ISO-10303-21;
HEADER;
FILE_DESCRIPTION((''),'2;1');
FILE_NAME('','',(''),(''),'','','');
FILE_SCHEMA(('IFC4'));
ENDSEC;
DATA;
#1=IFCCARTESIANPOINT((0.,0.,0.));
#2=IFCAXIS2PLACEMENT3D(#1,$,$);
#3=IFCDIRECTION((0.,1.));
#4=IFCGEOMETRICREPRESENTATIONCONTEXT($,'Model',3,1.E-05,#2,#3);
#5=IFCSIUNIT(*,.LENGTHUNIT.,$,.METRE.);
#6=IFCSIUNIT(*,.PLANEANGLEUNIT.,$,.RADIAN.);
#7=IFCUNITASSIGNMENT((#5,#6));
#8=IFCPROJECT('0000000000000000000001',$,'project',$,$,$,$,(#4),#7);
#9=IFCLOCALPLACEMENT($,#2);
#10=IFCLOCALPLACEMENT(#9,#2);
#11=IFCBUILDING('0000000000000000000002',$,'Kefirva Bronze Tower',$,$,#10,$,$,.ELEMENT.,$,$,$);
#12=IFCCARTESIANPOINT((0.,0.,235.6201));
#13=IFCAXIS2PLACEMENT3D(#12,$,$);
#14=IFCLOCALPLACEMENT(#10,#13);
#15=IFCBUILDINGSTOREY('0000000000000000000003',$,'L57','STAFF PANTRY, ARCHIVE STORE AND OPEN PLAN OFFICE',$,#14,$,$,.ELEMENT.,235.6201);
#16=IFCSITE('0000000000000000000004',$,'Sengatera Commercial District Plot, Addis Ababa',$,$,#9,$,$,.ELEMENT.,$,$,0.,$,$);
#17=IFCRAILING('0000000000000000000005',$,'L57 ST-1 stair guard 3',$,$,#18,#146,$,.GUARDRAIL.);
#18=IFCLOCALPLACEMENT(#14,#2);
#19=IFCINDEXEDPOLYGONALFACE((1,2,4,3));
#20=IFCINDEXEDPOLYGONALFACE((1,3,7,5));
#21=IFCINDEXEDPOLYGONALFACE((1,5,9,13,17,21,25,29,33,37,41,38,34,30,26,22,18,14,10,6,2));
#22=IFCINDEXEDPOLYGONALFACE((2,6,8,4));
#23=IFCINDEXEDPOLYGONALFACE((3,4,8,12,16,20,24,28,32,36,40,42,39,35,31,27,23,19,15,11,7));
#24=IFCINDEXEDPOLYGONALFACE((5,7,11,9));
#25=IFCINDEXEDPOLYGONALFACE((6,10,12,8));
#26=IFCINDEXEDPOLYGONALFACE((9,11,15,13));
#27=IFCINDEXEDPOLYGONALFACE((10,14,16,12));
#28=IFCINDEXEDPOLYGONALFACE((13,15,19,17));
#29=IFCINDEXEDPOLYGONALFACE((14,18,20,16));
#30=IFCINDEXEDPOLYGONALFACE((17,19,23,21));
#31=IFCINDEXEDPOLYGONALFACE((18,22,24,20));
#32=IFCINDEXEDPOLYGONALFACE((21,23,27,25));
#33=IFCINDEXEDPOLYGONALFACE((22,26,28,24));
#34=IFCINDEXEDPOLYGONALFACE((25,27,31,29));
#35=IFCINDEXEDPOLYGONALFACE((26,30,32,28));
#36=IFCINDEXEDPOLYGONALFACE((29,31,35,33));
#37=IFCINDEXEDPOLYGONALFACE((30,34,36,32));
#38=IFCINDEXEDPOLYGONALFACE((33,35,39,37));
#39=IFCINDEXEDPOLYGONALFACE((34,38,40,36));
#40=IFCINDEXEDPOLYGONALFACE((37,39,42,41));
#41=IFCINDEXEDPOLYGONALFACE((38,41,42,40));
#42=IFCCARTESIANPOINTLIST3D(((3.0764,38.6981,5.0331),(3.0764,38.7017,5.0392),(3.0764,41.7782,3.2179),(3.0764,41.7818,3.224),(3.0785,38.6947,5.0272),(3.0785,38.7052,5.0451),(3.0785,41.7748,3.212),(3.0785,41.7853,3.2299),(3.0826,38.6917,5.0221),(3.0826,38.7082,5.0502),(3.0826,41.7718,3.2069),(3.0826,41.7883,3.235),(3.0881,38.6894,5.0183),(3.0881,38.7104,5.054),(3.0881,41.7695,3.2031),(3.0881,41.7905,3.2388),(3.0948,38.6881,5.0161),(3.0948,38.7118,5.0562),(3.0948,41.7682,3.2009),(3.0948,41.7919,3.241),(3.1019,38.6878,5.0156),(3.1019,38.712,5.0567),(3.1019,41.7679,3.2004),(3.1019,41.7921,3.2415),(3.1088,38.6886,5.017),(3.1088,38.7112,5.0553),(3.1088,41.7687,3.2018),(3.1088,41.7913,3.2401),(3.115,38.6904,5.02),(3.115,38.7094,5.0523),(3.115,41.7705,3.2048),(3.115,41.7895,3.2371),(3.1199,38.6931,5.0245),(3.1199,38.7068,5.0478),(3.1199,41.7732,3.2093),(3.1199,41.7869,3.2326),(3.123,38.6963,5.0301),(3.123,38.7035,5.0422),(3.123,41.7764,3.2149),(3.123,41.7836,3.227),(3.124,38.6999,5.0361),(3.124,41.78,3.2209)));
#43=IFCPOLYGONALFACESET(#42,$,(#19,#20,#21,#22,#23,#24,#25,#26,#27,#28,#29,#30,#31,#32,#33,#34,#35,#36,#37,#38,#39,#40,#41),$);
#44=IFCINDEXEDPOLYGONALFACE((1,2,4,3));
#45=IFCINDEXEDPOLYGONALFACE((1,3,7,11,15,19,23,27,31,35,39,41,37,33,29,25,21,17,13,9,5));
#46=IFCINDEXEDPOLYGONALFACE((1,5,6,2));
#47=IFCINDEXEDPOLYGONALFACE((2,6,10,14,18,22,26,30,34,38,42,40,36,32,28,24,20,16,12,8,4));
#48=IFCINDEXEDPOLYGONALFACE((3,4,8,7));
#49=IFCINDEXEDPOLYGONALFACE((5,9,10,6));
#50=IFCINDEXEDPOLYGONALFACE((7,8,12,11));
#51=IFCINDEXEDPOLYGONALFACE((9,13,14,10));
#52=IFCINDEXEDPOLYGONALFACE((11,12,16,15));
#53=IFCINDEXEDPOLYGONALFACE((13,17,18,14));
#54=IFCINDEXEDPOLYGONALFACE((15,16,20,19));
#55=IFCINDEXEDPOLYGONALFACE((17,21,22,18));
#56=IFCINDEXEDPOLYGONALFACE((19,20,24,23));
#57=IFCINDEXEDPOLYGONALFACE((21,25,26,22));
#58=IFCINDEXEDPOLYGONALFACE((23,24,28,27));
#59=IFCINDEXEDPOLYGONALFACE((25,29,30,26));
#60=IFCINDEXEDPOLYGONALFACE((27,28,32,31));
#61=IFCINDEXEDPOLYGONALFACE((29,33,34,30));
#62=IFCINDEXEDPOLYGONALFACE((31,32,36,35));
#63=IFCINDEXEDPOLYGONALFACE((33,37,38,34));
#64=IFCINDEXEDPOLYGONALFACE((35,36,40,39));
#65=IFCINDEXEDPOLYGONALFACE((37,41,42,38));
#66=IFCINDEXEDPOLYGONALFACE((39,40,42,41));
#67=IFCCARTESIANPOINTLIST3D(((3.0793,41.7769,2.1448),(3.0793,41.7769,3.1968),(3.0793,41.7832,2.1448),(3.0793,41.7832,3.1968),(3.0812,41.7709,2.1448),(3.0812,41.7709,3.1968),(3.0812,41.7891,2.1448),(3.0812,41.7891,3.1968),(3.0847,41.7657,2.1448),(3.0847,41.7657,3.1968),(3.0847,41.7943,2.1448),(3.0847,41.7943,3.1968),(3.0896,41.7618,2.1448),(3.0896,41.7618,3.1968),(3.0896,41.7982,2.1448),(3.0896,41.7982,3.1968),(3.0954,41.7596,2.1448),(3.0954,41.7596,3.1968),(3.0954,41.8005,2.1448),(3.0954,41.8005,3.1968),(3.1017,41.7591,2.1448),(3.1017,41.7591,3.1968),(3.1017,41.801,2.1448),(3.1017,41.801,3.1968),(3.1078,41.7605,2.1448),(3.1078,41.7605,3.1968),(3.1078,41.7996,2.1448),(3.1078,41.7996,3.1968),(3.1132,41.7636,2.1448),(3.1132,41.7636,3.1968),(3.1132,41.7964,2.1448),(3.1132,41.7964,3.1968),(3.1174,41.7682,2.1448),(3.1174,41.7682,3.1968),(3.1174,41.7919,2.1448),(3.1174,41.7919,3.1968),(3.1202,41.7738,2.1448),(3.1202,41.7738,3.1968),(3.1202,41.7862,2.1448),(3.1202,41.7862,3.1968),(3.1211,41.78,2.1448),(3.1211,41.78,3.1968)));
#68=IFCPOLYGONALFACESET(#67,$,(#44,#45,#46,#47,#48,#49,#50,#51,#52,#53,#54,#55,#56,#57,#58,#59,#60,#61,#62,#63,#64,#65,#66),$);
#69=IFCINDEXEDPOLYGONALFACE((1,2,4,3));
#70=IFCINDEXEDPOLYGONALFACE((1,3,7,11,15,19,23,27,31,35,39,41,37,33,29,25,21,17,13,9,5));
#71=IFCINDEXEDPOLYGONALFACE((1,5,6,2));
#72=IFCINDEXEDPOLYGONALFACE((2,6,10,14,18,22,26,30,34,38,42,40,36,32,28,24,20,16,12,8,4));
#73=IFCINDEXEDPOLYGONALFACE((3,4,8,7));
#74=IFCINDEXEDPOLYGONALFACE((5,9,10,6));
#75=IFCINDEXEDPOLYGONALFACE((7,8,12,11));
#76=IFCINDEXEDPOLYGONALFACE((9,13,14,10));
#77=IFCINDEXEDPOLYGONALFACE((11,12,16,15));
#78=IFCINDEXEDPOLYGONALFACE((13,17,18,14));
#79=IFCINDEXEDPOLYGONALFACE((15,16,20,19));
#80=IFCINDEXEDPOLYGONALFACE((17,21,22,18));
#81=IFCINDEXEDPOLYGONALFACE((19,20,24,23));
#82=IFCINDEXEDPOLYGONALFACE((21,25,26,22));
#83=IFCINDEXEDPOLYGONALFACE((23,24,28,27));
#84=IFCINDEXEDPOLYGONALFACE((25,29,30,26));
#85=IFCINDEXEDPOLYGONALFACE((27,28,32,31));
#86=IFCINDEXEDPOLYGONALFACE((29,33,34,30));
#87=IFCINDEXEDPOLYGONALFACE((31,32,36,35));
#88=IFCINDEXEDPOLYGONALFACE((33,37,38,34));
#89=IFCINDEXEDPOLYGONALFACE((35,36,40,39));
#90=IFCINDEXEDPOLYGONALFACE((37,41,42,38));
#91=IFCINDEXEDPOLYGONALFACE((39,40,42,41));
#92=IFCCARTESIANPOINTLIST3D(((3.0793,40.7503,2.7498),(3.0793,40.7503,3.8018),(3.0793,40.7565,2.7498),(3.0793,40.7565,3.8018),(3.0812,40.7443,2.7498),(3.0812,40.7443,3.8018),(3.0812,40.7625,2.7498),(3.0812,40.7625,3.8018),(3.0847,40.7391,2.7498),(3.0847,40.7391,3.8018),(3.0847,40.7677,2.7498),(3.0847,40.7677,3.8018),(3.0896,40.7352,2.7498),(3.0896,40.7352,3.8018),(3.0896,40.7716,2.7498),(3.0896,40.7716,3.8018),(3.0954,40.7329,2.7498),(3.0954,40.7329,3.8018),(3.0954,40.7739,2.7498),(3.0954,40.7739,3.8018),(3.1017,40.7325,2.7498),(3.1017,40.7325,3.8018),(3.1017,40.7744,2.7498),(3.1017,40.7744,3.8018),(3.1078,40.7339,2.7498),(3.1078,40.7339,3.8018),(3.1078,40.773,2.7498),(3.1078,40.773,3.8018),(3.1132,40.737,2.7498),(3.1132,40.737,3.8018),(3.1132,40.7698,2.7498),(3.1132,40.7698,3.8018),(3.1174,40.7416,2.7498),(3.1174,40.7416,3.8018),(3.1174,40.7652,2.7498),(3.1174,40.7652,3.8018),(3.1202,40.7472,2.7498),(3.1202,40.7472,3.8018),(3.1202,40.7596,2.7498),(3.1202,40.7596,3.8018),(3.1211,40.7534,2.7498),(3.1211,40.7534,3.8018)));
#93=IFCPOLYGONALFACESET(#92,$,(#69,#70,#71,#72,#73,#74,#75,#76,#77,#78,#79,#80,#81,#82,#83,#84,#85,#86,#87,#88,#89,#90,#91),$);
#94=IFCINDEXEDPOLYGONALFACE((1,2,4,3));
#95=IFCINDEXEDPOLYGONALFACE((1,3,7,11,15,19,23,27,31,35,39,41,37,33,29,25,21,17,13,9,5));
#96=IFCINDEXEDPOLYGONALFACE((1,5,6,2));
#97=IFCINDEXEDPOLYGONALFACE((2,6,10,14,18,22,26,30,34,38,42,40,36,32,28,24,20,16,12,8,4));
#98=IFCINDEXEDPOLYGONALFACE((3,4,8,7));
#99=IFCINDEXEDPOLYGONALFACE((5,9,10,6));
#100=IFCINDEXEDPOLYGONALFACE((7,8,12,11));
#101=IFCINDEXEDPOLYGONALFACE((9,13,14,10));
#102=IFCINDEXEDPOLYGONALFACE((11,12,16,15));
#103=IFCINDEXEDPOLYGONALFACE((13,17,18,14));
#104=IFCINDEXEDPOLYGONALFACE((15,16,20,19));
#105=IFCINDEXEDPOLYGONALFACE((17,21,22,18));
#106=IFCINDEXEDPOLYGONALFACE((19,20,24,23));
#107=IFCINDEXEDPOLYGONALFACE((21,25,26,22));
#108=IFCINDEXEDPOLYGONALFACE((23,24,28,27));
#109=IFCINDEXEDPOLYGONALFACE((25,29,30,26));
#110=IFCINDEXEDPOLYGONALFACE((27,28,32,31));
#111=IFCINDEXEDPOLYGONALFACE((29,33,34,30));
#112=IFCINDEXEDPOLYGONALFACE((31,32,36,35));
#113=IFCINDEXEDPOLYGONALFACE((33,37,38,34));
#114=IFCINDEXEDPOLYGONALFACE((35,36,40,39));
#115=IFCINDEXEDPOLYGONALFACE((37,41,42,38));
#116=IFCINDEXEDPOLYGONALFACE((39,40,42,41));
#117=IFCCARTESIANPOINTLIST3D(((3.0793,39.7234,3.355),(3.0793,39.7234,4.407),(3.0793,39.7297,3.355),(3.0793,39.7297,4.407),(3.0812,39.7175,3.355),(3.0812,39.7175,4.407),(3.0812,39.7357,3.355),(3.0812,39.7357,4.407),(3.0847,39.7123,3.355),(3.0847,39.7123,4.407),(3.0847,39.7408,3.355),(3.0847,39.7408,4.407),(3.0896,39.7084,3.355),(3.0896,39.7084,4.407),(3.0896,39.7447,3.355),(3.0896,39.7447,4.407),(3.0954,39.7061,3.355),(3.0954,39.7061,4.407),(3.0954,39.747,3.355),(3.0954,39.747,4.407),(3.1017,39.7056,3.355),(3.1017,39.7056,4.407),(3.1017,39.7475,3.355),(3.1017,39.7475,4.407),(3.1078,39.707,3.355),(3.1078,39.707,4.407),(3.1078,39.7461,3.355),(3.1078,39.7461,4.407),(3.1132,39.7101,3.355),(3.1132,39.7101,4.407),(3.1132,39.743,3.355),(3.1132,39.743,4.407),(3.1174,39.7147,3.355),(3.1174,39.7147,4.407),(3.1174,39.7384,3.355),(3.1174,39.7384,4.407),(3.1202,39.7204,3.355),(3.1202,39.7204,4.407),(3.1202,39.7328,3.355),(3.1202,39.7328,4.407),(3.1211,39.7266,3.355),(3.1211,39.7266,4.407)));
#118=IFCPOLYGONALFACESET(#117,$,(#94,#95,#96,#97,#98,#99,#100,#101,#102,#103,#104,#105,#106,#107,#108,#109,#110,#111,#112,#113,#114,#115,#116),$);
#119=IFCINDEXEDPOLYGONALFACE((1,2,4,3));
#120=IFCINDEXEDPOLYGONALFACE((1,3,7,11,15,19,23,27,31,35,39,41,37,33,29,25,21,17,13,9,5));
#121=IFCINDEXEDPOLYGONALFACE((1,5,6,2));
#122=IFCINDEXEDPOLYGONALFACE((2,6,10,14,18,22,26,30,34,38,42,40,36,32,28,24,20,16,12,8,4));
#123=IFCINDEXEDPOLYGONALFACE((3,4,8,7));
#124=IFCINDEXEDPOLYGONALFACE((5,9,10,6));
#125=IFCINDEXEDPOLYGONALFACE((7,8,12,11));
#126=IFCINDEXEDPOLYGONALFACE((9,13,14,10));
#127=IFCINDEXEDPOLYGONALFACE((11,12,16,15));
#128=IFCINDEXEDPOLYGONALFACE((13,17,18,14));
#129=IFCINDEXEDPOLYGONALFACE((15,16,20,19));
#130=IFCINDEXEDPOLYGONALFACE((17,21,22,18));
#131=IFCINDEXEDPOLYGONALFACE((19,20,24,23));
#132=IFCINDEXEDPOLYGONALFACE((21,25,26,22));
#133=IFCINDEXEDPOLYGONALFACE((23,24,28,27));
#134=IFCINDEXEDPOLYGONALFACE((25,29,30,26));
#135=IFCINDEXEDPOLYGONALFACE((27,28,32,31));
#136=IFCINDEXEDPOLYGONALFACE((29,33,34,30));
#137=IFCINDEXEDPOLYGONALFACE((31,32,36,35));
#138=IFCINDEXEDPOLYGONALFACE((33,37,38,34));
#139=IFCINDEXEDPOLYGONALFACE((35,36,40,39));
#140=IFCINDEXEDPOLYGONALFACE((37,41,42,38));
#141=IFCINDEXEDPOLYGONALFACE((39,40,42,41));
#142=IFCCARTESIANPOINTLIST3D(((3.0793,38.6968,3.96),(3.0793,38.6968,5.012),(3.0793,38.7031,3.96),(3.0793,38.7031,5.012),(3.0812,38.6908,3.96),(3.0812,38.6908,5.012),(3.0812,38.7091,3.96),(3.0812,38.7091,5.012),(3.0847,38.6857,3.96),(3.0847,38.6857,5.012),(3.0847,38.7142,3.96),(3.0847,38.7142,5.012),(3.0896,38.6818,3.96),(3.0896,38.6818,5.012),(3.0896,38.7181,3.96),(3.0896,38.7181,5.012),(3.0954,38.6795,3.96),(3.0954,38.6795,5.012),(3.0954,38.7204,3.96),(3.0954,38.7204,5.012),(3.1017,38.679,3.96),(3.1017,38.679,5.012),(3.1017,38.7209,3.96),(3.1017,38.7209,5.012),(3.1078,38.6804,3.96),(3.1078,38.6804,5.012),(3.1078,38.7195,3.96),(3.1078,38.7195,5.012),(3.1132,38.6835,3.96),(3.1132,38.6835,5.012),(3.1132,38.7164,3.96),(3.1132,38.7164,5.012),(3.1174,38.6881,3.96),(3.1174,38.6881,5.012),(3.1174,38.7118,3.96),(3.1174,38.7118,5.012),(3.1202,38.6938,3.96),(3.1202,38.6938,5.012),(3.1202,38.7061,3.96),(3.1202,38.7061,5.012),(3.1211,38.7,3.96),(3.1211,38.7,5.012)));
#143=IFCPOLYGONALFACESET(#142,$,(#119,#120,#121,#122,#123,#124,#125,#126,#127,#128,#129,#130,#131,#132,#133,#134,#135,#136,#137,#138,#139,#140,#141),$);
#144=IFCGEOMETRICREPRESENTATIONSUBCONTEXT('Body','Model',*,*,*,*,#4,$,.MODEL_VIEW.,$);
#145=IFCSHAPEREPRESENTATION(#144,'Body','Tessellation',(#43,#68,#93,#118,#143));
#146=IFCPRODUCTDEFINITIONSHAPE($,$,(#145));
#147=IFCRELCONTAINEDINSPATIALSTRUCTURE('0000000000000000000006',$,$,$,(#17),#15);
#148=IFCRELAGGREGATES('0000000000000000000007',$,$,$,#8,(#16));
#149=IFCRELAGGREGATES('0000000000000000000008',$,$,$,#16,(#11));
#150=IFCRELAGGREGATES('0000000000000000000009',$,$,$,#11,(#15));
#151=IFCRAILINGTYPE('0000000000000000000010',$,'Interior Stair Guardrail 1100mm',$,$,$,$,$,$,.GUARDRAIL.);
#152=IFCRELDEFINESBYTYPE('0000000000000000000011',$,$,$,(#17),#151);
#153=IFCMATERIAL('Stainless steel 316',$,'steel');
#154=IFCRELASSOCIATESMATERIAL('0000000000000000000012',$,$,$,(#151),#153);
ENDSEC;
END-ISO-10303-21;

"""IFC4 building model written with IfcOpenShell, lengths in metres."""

from ifc_helpers import new_model, si_unit, direction, frame, origin, origin_2d, place, context, subcontext, project, spatial, circle, extrude, material, type_object, element, save


model = new_model("IFC4")

# Units and contexts
model_context = context("Model", 3, precision=1e-05, world=origin(), true_north=direction((0.0, 1.0)))
body_context = subcontext(model_context, "Body", "Model", "MODEL_VIEW")
ifc_project = project(units=[si_unit("LENGTHUNIT", "METRE"), si_unit("PLANEANGLEUNIT", "RADIAN")], contexts=[model_context])

# Site, building, storey
site_placement = place(None, origin())
site = spatial("IfcSite", under=ifc_project, at=site_placement, Name="Sengatera Commercial District Plot, Addis Ababa", CompositionType="ELEMENT", RefElevation=0.0)
building_placement = place(site_placement, origin())
building = spatial("IfcBuilding", under=site, at=building_placement, Name="Kefirva Bronze Tower", CompositionType="ELEMENT")
storey_placement = place(building_placement, frame((0.0, 0.0, 235.6201)))
storey = spatial("IfcBuildingStorey", under=building, at=storey_placement, Name="L57", Description="STAFF PANTRY, ARCHIVE STORE AND OPEN PLAN OFFICE", CompositionType="ELEMENT", Elevation=235.6201)

# Railing
ifc_material_1 = material(Name="Stainless steel 316", Category="steel")
railing_type_1 = type_object("IfcRailingType", Name="Interior Stair Guardrail 1100mm", PredefinedType="GUARDRAIL", material=ifc_material_1)
railing_1_placement = place(storey_placement, frame((3.1001, 41.78, 2.1448)))
element("IfcRailing", 1, at=railing_1_placement, inside=storey, type_object=railing_type_1, Name="L57 ST-1 stair guard 3", PredefinedType="GUARDRAIL", context=body_context, shape_type="SweptSolid", body=[
    extrude(circle(Radius=0.0239, at=origin_2d()), frame((0.0, 0.0, 1.0762), z_axis=(0.0, -0.861521, 0.507721), x_axis=(1.0, 0.0, 0.0)), (0.0, 0.0, 1.0), 3.5752),
    extrude(circle(Radius=0.021, at=origin_2d()), origin(), (0.0, 0.0, 1.0), 1.052),
    extrude(circle(Radius=0.021, at=origin_2d()), frame((0.0, -1.0266, 0.605)), (0.0, 0.0, 1.0), 1.052),
    extrude(circle(Radius=0.021, at=origin_2d()), frame((0.0, -2.0535, 1.2102)), (0.0, 0.0, 1.0), 1.052),
    extrude(circle(Radius=0.021, at=origin_2d()), frame((0.0, -3.0801, 1.8152)), (0.0, 0.0, 1.0), 1.052),
])

save(model, "model.ifc")
